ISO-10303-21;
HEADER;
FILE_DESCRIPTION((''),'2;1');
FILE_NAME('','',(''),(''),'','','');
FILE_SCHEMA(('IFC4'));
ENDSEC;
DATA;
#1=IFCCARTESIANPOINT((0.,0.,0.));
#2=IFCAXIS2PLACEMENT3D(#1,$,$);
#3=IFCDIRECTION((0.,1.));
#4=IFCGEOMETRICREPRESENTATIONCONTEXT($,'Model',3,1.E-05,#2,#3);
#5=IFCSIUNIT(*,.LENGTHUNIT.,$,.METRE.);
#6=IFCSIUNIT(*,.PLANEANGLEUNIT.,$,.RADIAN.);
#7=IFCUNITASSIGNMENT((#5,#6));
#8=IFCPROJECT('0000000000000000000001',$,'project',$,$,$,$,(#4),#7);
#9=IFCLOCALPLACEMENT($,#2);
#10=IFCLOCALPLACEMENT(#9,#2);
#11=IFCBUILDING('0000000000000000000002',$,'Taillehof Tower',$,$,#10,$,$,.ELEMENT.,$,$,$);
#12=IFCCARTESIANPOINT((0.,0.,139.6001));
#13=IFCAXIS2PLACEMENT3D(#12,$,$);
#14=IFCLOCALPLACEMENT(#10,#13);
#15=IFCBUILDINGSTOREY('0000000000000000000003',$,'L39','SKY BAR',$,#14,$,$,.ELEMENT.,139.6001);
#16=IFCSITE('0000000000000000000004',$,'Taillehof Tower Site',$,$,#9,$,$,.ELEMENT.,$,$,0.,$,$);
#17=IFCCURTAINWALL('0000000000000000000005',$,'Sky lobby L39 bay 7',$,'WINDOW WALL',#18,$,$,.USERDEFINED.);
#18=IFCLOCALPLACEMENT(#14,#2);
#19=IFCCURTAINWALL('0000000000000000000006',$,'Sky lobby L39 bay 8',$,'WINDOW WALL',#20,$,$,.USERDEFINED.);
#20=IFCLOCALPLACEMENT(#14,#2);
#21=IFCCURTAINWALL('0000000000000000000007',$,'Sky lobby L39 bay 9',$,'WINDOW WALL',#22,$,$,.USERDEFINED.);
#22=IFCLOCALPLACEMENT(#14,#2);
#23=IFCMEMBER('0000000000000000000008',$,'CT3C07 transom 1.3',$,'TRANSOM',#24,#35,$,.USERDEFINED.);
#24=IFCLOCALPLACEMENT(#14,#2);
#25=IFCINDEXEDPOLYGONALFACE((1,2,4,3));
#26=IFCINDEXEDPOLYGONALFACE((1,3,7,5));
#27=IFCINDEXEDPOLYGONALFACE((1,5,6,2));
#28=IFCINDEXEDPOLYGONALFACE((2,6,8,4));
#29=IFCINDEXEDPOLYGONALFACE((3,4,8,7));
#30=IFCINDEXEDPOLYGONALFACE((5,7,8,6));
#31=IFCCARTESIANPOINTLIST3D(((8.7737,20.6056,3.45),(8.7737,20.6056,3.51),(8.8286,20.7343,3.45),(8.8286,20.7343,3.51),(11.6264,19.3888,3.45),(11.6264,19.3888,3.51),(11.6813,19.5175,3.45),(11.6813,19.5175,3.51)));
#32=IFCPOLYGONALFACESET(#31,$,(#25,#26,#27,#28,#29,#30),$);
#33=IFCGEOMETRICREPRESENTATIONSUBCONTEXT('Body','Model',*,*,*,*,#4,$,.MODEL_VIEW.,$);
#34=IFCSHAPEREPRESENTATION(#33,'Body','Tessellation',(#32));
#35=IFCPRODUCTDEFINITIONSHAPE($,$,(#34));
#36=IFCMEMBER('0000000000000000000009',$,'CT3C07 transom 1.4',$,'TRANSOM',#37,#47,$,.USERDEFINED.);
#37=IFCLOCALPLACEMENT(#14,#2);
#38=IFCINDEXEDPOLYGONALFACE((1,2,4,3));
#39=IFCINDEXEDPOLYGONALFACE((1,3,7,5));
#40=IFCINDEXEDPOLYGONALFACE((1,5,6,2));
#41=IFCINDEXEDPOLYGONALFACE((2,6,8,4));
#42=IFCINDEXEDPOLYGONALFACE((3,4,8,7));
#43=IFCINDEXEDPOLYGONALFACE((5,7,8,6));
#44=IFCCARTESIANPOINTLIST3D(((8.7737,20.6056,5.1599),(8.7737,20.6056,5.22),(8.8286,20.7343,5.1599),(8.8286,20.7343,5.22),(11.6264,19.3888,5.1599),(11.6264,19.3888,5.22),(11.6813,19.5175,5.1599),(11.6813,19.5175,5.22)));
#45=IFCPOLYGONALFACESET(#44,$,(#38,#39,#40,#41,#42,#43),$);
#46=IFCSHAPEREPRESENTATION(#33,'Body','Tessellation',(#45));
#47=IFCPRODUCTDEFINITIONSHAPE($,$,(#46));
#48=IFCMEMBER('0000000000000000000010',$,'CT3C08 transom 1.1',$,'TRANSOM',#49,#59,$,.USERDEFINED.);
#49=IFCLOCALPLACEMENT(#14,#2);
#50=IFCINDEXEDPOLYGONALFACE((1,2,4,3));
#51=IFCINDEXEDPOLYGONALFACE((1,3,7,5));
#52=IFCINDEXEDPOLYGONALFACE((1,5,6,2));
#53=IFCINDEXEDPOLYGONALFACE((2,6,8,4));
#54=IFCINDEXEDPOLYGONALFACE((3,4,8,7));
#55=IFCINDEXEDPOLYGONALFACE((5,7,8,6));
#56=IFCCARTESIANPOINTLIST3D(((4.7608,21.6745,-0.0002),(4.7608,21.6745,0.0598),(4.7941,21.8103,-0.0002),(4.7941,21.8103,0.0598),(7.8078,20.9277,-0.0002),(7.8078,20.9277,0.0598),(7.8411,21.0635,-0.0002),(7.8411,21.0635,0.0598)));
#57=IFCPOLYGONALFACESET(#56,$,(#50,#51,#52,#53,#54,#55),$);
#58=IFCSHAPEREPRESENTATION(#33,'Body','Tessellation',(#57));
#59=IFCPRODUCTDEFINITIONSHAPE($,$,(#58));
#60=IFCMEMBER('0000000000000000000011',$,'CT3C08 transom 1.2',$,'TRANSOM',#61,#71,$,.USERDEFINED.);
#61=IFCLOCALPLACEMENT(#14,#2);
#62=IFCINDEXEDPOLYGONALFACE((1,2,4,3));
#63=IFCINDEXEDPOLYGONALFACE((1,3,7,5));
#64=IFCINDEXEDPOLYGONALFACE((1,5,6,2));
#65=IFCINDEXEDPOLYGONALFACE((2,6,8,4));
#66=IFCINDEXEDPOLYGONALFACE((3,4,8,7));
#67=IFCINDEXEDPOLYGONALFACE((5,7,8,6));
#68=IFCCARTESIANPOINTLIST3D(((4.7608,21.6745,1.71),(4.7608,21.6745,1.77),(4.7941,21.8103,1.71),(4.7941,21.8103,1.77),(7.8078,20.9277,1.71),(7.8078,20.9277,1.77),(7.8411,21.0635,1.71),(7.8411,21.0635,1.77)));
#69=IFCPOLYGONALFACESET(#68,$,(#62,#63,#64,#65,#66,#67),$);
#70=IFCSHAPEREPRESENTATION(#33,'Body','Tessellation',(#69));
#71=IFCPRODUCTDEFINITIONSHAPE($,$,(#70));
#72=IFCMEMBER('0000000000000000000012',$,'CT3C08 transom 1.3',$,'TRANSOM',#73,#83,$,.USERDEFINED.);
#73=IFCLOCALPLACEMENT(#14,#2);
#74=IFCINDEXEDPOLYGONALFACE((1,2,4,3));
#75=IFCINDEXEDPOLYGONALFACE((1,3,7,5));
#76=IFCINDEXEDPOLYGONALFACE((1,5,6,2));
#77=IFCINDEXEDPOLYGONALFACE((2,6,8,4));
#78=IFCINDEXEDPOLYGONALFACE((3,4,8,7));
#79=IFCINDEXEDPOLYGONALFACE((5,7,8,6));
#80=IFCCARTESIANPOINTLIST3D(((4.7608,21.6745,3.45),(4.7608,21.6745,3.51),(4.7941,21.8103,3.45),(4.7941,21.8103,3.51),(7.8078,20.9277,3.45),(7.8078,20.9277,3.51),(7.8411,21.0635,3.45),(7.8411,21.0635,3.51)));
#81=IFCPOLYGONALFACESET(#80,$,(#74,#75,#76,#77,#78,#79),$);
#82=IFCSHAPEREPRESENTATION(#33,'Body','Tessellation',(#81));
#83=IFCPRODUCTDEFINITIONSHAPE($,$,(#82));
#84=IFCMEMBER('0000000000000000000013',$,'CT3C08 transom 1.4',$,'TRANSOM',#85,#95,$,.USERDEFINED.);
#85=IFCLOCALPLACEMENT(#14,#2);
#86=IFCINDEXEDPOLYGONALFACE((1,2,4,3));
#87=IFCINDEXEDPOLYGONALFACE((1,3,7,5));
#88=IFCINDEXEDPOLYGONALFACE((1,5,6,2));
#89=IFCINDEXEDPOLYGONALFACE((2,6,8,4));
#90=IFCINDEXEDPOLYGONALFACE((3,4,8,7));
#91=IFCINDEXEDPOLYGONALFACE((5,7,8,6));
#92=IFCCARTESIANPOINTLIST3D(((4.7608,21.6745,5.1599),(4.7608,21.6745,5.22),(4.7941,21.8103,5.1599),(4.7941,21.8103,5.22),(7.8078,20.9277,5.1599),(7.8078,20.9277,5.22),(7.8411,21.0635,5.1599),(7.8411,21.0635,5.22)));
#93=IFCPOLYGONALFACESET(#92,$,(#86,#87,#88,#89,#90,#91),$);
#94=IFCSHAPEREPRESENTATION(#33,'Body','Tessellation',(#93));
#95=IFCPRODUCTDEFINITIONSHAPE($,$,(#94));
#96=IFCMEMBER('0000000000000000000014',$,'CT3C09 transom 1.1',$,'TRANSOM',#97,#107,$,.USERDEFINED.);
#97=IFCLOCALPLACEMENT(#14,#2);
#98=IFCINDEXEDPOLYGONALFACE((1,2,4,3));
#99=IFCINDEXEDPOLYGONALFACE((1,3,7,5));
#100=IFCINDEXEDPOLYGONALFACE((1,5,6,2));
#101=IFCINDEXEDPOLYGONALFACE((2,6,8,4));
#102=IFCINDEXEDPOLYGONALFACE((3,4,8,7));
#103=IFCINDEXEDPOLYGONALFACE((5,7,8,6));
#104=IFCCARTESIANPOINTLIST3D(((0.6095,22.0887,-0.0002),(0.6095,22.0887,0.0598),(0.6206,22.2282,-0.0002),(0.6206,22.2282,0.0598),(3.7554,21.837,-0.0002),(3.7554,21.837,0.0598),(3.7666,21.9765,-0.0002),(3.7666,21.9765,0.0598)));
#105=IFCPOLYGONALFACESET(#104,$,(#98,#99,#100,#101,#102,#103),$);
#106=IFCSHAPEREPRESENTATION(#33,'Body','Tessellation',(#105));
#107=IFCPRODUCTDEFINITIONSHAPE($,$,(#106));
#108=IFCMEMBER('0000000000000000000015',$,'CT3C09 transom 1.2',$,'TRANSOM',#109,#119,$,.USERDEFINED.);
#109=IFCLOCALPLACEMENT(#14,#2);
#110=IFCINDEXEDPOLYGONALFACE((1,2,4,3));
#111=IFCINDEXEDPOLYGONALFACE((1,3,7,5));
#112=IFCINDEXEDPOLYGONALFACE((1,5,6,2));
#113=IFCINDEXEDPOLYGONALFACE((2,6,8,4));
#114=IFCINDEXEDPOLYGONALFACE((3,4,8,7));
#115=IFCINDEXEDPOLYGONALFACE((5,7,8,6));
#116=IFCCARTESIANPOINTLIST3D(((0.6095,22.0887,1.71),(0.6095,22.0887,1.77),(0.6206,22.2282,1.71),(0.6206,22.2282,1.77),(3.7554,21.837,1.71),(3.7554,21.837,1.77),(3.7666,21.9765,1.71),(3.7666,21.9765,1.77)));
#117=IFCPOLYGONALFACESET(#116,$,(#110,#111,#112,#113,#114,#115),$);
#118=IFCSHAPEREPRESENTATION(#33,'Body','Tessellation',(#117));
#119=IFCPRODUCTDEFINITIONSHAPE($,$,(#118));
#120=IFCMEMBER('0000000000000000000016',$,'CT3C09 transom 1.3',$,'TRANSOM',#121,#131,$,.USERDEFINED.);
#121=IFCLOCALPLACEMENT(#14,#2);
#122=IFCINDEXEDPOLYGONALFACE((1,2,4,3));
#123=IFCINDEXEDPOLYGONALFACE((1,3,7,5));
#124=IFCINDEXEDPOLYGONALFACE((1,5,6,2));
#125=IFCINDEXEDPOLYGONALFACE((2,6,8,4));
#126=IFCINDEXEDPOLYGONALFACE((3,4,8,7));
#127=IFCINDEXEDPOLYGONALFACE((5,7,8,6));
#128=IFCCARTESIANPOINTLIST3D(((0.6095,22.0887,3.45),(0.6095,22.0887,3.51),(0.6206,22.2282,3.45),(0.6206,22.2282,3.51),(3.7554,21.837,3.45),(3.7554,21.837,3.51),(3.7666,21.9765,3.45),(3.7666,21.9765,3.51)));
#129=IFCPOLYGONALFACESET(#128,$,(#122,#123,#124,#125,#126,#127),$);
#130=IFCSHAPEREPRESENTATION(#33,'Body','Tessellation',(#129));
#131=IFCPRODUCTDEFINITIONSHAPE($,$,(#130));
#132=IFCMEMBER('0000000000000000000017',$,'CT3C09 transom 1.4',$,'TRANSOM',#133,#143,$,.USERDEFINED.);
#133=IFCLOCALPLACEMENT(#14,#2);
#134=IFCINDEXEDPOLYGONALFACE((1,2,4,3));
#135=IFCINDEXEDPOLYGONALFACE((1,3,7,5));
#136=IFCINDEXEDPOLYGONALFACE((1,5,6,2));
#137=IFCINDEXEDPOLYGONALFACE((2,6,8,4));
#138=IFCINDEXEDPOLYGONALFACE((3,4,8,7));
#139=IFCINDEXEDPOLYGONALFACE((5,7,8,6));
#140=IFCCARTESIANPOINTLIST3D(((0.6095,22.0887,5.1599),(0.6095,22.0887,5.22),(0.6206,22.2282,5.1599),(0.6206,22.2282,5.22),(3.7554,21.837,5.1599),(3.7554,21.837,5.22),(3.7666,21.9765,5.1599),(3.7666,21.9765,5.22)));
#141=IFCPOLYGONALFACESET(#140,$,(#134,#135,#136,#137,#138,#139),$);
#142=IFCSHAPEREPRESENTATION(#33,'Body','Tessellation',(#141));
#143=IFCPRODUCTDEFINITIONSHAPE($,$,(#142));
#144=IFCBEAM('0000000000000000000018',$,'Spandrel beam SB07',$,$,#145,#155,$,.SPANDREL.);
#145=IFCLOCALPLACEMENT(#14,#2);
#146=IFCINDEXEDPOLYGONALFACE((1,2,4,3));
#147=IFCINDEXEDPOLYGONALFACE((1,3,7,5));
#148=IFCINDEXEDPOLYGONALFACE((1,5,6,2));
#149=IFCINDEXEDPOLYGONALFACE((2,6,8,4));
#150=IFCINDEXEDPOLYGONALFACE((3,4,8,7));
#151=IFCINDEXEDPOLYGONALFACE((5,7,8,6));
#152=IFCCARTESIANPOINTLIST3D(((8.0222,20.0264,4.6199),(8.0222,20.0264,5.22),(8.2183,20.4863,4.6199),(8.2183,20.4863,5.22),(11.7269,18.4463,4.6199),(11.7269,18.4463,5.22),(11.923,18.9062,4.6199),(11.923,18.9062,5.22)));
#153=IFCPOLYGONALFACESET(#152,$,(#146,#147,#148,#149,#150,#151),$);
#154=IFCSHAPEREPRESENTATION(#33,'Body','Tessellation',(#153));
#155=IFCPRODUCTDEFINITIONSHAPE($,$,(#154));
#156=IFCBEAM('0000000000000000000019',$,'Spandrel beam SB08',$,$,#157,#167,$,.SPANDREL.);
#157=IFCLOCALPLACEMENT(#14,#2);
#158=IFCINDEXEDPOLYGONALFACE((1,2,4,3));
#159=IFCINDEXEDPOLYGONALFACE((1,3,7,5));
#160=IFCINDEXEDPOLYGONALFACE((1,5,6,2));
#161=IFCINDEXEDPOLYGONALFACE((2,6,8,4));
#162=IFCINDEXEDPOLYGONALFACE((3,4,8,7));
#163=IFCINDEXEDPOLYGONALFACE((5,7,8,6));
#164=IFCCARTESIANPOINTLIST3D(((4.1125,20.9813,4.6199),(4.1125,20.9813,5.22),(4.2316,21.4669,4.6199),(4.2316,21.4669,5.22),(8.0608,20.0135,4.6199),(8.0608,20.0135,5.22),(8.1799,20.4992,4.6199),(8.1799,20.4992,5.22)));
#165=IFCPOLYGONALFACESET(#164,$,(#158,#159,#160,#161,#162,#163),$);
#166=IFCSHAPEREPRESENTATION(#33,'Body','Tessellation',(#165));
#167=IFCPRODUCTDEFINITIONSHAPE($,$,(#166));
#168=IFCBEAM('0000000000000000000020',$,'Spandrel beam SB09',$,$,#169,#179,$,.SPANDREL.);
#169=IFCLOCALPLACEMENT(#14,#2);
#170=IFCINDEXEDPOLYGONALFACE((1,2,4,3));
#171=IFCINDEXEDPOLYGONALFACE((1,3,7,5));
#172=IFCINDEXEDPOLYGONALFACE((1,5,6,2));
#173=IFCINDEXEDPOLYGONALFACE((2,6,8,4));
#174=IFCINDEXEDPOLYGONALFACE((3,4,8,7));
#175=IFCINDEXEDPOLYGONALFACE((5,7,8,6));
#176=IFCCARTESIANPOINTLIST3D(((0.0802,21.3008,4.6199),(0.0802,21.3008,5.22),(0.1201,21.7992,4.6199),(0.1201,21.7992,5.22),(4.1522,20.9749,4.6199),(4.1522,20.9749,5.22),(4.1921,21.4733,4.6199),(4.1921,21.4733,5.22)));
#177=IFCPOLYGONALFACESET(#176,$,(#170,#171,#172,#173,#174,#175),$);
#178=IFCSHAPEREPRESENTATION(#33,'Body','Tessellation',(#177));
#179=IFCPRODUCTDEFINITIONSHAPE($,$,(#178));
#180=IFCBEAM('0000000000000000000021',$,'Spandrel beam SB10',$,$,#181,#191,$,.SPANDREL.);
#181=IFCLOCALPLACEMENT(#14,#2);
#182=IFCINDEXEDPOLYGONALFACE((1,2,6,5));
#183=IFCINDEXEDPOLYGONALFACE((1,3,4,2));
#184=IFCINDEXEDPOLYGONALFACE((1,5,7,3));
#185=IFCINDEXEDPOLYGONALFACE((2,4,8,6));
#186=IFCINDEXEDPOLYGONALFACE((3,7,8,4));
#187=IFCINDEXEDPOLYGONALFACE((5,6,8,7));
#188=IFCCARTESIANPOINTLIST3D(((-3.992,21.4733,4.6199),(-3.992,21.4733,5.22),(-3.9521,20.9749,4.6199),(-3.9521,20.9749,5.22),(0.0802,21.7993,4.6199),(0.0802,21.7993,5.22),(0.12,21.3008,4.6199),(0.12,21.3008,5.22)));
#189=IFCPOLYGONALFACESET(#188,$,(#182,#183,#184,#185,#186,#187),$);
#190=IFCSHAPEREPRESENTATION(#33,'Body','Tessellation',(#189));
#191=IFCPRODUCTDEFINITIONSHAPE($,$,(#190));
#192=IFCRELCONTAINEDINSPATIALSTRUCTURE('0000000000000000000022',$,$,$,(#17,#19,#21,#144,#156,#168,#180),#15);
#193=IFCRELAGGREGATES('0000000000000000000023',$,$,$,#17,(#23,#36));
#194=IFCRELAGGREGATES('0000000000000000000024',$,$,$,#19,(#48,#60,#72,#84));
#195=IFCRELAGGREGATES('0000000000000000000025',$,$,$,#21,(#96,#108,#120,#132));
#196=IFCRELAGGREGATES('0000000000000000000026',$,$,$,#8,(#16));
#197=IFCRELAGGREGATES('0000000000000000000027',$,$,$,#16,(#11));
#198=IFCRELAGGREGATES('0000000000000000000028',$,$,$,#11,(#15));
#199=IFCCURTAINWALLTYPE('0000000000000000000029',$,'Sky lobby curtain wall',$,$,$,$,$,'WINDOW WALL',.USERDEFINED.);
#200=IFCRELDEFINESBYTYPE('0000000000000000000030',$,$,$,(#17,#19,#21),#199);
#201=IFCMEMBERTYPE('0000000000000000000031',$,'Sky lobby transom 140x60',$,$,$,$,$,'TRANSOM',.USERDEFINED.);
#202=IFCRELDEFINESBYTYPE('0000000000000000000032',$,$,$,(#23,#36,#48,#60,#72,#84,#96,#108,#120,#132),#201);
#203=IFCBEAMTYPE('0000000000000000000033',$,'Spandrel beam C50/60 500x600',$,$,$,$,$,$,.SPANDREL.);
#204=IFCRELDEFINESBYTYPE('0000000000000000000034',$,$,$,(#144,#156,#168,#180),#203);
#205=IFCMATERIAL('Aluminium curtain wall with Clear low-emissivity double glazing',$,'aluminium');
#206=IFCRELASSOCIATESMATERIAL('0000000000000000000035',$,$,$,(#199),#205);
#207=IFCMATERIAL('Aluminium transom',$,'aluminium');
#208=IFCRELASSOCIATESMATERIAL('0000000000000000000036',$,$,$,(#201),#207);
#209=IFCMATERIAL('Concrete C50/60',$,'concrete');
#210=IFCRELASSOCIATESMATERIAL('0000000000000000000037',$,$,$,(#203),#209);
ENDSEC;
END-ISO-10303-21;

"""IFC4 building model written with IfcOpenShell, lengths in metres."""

from ifc_helpers import new_model, si_unit, direction, frame, origin, origin_2d, place, context, subcontext, project, spatial, rectangle, extrude, material, material_profile, profile_set, type_object, element, aggregate, save


model = new_model("IFC4")

# Units and contexts
model_context = context("Model", 3, precision=1e-05, world=origin(), true_north=direction((0.0, 1.0)))
body_context = subcontext(model_context, "Body", "Model", "MODEL_VIEW")
ifc_project = project(units=[si_unit("LENGTHUNIT", "METRE"), si_unit("PLANEANGLEUNIT", "RADIAN")], contexts=[model_context])

# Site, building, storey
site_placement = place(None, origin())
site = spatial("IfcSite", under=ifc_project, at=site_placement, Name="Taillehof Tower Site", CompositionType="ELEMENT", RefElevation=0.0)
building_placement = place(site_placement, origin())
building = spatial("IfcBuilding", under=site, at=building_placement, Name="Taillehof Tower", CompositionType="ELEMENT")
storey_placement = place(building_placement, frame((0.0, 0.0, 139.6001)))
storey = spatial("IfcBuildingStorey", under=building, at=storey_placement, Name="L39", Description="SKY BAR", CompositionType="ELEMENT", Elevation=139.6001)

# Shared definitions
ifc_material_1 = material(Name="Aluminium curtain wall with Clear low-emissivity double glazing", Category="aluminium")
curtain_wall_type = type_object("IfcCurtainWallType", Name="Sky lobby curtain wall", ElementType="WINDOW WALL", PredefinedType="USERDEFINED", material=ifc_material_1)

# Curtain walls
curtain_wall_1_placement = place(storey_placement, origin())
curtain_wall_1 = element("IfcCurtainWall", 1, at=curtain_wall_1_placement, inside=storey, type_object=curtain_wall_type, Name="Sky lobby L39 bay 7", ObjectType="WINDOW WALL", PredefinedType="USERDEFINED")
curtain_wall_2_placement = place(storey_placement, origin())
curtain_wall_2 = element("IfcCurtainWall", 2, at=curtain_wall_2_placement, inside=storey, type_object=curtain_wall_type, Name="Sky lobby L39 bay 8", ObjectType="WINDOW WALL", PredefinedType="USERDEFINED")
curtain_wall_3_placement = place(storey_placement, origin())
curtain_wall_3 = element("IfcCurtainWall", 3, at=curtain_wall_3_placement, inside=storey, type_object=curtain_wall_type, Name="Sky lobby L39 bay 9", ObjectType="WINDOW WALL", PredefinedType="USERDEFINED")

# Members
ifc_material_2 = material(Name="Aluminium transom", Category="aluminium")
ifc_material_profile_1 = material_profile(ifc_material_2, rectangle(XDim=0.1399, YDim=0.0601, at=origin_2d()), Name="AL 140x60")
ifc_profile_set_1 = profile_set([ifc_material_profile_1], Name="Aluminium transom")
member_type_1 = type_object("IfcMemberType", Name="Sky lobby transom 140x60", ElementType="TRANSOM", PredefinedType="USERDEFINED", material=ifc_profile_set_1)
member_1_placement = place(storey_placement, frame((11.6538, 19.4531, 3.48), z_axis=(-0.919812, 0.392361, 0.0), x_axis=(-0.392361, -0.919812, 0.0)))
member_1 = element("IfcMember", 4, at=member_1_placement, type_object=member_type_1, Name="CT3C07 transom 1.3", ObjectType="TRANSOM", PredefinedType="USERDEFINED", context=body_context, shape_type="SweptSolid", body=[
    extrude(rectangle(XDim=0.1399, YDim=0.0601, at=origin_2d()), origin(), (0.0, 0.0, 1.0), 3.1013),
])
member_2_placement = place(storey_placement, frame((11.6538, 19.4531, 5.1899), z_axis=(-0.919812, 0.392361, 0.0), x_axis=(-0.392361, -0.919812, 0.0)))
member_2 = element("IfcMember", 5, at=member_2_placement, type_object=member_type_1, Name="CT3C07 transom 1.4", ObjectType="TRANSOM", PredefinedType="USERDEFINED", context=body_context, shape_type="SweptSolid", body=[
    extrude(rectangle(XDim=0.1399, YDim=0.0601, at=origin_2d()), origin(), (0.0, 0.0, 1.0), 3.1013),
])
member_3_placement = place(storey_placement, frame((7.8245, 20.9956, 0.0298), z_axis=(-0.971254, 0.238047, 0.0), x_axis=(-0.238047, -0.971254, 0.0)))
member_3 = element("IfcMember", 6, at=member_3_placement, type_object=member_type_1, Name="CT3C08 transom 1.1", ObjectType="TRANSOM", PredefinedType="USERDEFINED", context=body_context, shape_type="SweptSolid", body=[
    extrude(rectangle(XDim=0.1399, YDim=0.0601, at=origin_2d()), origin(), (0.0, 0.0, 1.0), 3.1372),
])
member_4_placement = place(storey_placement, frame((7.8245, 20.9956, 1.74), z_axis=(-0.971254, 0.238047, 0.0), x_axis=(-0.238047, -0.971254, 0.0)))
member_4 = element("IfcMember", 7, at=member_4_placement, type_object=member_type_1, Name="CT3C08 transom 1.2", ObjectType="TRANSOM", PredefinedType="USERDEFINED", context=body_context, shape_type="SweptSolid", body=[
    extrude(rectangle(XDim=0.1399, YDim=0.0601, at=origin_2d()), origin(), (0.0, 0.0, 1.0), 3.1372),
])
member_5_placement = place(storey_placement, frame((7.8245, 20.9956, 3.48), z_axis=(-0.971254, 0.238047, 0.0), x_axis=(-0.238047, -0.971254, 0.0)))
member_5 = element("IfcMember", 8, at=member_5_placement, type_object=member_type_1, Name="CT3C08 transom 1.3", ObjectType="TRANSOM", PredefinedType="USERDEFINED", context=body_context, shape_type="SweptSolid", body=[
    extrude(rectangle(XDim=0.1399, YDim=0.0601, at=origin_2d()), origin(), (0.0, 0.0, 1.0), 3.1372),
])
member_6_placement = place(storey_placement, frame((7.8245, 20.9956, 5.1899), z_axis=(-0.971254, 0.238047, 0.0), x_axis=(-0.238047, -0.971254, 0.0)))
member_6 = element("IfcMember", 9, at=member_6_placement, type_object=member_type_1, Name="CT3C08 transom 1.4", ObjectType="TRANSOM", PredefinedType="USERDEFINED", context=body_context, shape_type="SweptSolid", body=[
    extrude(rectangle(XDim=0.1399, YDim=0.0601, at=origin_2d()), origin(), (0.0, 0.0, 1.0), 3.1372),
])
member_7_placement = place(storey_placement, frame((3.761, 21.9067, 0.0298), z_axis=(-0.996815, 0.079754, 0.0), x_axis=(-0.079754, -0.996815, 0.0)))
member_7 = element("IfcMember", 10, at=member_7_placement, type_object=member_type_1, Name="CT3C09 transom 1.1", ObjectType="TRANSOM", PredefinedType="USERDEFINED", context=body_context, shape_type="SweptSolid", body=[
    extrude(rectangle(XDim=0.1399, YDim=0.0601, at=origin_2d()), origin(), (0.0, 0.0, 1.0), 3.156),
])
member_8_placement = place(storey_placement, frame((3.761, 21.9067, 1.74), z_axis=(-0.996815, 0.079754, 0.0), x_axis=(-0.079754, -0.996815, 0.0)))
member_8 = element("IfcMember", 11, at=member_8_placement, type_object=member_type_1, Name="CT3C09 transom 1.2", ObjectType="TRANSOM", PredefinedType="USERDEFINED", context=body_context, shape_type="SweptSolid", body=[
    extrude(rectangle(XDim=0.1399, YDim=0.0601, at=origin_2d()), origin(), (0.0, 0.0, 1.0), 3.156),
])
member_9_placement = place(storey_placement, frame((3.761, 21.9067, 3.48), z_axis=(-0.996815, 0.079754, 0.0), x_axis=(-0.079754, -0.996815, 0.0)))
member_9 = element("IfcMember", 12, at=member_9_placement, type_object=member_type_1, Name="CT3C09 transom 1.3", ObjectType="TRANSOM", PredefinedType="USERDEFINED", context=body_context, shape_type="SweptSolid", body=[
    extrude(rectangle(XDim=0.1399, YDim=0.0601, at=origin_2d()), origin(), (0.0, 0.0, 1.0), 3.156),
])
member_10_placement = place(storey_placement, frame((3.761, 21.9067, 5.1899), z_axis=(-0.996815, 0.079754, 0.0), x_axis=(-0.079754, -0.996815, 0.0)))
member_10 = element("IfcMember", 13, at=member_10_placement, type_object=member_type_1, Name="CT3C09 transom 1.4", ObjectType="TRANSOM", PredefinedType="USERDEFINED", context=body_context, shape_type="SweptSolid", body=[
    extrude(rectangle(XDim=0.1399, YDim=0.0601, at=origin_2d()), origin(), (0.0, 0.0, 1.0), 3.156),
])

# Beams
ifc_material_3 = material(Name="Concrete C50/60", Category="concrete")
ifc_material_profile_2 = material_profile(ifc_material_3, rectangle(XDim=0.5, YDim=0.6001, at=origin_2d()), Name="RC 500x600")
ifc_profile_set_2 = profile_set([ifc_material_profile_2], Name="Concrete C50/60")
beam_type_1 = type_object("IfcBeamType", Name="Spandrel beam C50/60 500x600", PredefinedType="SPANDREL", material=ifc_profile_set_2)
beam_1_placement = place(storey_placement, frame((11.825, 18.6763, 4.9199), z_axis=(-0.919827, 0.392324, 0.0), x_axis=(-0.392324, -0.919827, 0.0)))
element("IfcBeam", 14, at=beam_1_placement, inside=storey, type_object=beam_type_1, Name="Spandrel beam SB07", PredefinedType="SPANDREL", context=body_context, shape_type="SweptSolid", body=[
    extrude(rectangle(XDim=0.5, YDim=0.6001, at=origin_2d()), origin(), (0.0, 0.0, 1.0), 4.0276),
])
beam_2_placement = place(storey_placement, frame((8.1204, 20.2563, 4.9199), z_axis=(-0.971249, 0.238068, 0.0), x_axis=(-0.238068, -0.971249, 0.0)))
element("IfcBeam", 15, at=beam_2_placement, inside=storey, type_object=beam_type_1, Name="Spandrel beam SB08", PredefinedType="SPANDREL", context=body_context, shape_type="SweptSolid", body=[
    extrude(rectangle(XDim=0.5, YDim=0.6001, at=origin_2d()), origin(), (0.0, 0.0, 1.0), 4.0652),
])
beam_3_placement = place(storey_placement, frame((4.1721, 21.2241, 4.9199), z_axis=(-0.996812, 0.079786, 0.0), x_axis=(-0.079786, -0.996812, 0.0)))
element("IfcBeam", 16, at=beam_3_placement, inside=storey, type_object=beam_type_1, Name="Spandrel beam SB09", PredefinedType="SPANDREL", context=body_context, shape_type="SweptSolid", body=[
    extrude(rectangle(XDim=0.5, YDim=0.6001, at=origin_2d()), origin(), (0.0, 0.0, 1.0), 4.085),
])
beam_4_placement = place(storey_placement, frame((0.1001, 21.55, 4.9199), z_axis=(-0.996812, -0.079781, 0.0), x_axis=(0.079781, -0.996812, 0.0)))
element("IfcBeam", 17, at=beam_4_placement, inside=storey, type_object=beam_type_1, Name="Spandrel beam SB10", PredefinedType="SPANDREL", context=body_context, shape_type="SweptSolid", body=[
    extrude(rectangle(XDim=0.5, YDim=0.6001, at=origin_2d()), origin(), (0.0, 0.0, 1.0), 4.0852),
])

aggregate(curtain_wall_1, [member_1, member_2])
aggregate(curtain_wall_2, [member_3, member_4, member_5, member_6])
aggregate(curtain_wall_3, [member_7, member_8, member_9, member_10])

save(model, "model.ifc")
